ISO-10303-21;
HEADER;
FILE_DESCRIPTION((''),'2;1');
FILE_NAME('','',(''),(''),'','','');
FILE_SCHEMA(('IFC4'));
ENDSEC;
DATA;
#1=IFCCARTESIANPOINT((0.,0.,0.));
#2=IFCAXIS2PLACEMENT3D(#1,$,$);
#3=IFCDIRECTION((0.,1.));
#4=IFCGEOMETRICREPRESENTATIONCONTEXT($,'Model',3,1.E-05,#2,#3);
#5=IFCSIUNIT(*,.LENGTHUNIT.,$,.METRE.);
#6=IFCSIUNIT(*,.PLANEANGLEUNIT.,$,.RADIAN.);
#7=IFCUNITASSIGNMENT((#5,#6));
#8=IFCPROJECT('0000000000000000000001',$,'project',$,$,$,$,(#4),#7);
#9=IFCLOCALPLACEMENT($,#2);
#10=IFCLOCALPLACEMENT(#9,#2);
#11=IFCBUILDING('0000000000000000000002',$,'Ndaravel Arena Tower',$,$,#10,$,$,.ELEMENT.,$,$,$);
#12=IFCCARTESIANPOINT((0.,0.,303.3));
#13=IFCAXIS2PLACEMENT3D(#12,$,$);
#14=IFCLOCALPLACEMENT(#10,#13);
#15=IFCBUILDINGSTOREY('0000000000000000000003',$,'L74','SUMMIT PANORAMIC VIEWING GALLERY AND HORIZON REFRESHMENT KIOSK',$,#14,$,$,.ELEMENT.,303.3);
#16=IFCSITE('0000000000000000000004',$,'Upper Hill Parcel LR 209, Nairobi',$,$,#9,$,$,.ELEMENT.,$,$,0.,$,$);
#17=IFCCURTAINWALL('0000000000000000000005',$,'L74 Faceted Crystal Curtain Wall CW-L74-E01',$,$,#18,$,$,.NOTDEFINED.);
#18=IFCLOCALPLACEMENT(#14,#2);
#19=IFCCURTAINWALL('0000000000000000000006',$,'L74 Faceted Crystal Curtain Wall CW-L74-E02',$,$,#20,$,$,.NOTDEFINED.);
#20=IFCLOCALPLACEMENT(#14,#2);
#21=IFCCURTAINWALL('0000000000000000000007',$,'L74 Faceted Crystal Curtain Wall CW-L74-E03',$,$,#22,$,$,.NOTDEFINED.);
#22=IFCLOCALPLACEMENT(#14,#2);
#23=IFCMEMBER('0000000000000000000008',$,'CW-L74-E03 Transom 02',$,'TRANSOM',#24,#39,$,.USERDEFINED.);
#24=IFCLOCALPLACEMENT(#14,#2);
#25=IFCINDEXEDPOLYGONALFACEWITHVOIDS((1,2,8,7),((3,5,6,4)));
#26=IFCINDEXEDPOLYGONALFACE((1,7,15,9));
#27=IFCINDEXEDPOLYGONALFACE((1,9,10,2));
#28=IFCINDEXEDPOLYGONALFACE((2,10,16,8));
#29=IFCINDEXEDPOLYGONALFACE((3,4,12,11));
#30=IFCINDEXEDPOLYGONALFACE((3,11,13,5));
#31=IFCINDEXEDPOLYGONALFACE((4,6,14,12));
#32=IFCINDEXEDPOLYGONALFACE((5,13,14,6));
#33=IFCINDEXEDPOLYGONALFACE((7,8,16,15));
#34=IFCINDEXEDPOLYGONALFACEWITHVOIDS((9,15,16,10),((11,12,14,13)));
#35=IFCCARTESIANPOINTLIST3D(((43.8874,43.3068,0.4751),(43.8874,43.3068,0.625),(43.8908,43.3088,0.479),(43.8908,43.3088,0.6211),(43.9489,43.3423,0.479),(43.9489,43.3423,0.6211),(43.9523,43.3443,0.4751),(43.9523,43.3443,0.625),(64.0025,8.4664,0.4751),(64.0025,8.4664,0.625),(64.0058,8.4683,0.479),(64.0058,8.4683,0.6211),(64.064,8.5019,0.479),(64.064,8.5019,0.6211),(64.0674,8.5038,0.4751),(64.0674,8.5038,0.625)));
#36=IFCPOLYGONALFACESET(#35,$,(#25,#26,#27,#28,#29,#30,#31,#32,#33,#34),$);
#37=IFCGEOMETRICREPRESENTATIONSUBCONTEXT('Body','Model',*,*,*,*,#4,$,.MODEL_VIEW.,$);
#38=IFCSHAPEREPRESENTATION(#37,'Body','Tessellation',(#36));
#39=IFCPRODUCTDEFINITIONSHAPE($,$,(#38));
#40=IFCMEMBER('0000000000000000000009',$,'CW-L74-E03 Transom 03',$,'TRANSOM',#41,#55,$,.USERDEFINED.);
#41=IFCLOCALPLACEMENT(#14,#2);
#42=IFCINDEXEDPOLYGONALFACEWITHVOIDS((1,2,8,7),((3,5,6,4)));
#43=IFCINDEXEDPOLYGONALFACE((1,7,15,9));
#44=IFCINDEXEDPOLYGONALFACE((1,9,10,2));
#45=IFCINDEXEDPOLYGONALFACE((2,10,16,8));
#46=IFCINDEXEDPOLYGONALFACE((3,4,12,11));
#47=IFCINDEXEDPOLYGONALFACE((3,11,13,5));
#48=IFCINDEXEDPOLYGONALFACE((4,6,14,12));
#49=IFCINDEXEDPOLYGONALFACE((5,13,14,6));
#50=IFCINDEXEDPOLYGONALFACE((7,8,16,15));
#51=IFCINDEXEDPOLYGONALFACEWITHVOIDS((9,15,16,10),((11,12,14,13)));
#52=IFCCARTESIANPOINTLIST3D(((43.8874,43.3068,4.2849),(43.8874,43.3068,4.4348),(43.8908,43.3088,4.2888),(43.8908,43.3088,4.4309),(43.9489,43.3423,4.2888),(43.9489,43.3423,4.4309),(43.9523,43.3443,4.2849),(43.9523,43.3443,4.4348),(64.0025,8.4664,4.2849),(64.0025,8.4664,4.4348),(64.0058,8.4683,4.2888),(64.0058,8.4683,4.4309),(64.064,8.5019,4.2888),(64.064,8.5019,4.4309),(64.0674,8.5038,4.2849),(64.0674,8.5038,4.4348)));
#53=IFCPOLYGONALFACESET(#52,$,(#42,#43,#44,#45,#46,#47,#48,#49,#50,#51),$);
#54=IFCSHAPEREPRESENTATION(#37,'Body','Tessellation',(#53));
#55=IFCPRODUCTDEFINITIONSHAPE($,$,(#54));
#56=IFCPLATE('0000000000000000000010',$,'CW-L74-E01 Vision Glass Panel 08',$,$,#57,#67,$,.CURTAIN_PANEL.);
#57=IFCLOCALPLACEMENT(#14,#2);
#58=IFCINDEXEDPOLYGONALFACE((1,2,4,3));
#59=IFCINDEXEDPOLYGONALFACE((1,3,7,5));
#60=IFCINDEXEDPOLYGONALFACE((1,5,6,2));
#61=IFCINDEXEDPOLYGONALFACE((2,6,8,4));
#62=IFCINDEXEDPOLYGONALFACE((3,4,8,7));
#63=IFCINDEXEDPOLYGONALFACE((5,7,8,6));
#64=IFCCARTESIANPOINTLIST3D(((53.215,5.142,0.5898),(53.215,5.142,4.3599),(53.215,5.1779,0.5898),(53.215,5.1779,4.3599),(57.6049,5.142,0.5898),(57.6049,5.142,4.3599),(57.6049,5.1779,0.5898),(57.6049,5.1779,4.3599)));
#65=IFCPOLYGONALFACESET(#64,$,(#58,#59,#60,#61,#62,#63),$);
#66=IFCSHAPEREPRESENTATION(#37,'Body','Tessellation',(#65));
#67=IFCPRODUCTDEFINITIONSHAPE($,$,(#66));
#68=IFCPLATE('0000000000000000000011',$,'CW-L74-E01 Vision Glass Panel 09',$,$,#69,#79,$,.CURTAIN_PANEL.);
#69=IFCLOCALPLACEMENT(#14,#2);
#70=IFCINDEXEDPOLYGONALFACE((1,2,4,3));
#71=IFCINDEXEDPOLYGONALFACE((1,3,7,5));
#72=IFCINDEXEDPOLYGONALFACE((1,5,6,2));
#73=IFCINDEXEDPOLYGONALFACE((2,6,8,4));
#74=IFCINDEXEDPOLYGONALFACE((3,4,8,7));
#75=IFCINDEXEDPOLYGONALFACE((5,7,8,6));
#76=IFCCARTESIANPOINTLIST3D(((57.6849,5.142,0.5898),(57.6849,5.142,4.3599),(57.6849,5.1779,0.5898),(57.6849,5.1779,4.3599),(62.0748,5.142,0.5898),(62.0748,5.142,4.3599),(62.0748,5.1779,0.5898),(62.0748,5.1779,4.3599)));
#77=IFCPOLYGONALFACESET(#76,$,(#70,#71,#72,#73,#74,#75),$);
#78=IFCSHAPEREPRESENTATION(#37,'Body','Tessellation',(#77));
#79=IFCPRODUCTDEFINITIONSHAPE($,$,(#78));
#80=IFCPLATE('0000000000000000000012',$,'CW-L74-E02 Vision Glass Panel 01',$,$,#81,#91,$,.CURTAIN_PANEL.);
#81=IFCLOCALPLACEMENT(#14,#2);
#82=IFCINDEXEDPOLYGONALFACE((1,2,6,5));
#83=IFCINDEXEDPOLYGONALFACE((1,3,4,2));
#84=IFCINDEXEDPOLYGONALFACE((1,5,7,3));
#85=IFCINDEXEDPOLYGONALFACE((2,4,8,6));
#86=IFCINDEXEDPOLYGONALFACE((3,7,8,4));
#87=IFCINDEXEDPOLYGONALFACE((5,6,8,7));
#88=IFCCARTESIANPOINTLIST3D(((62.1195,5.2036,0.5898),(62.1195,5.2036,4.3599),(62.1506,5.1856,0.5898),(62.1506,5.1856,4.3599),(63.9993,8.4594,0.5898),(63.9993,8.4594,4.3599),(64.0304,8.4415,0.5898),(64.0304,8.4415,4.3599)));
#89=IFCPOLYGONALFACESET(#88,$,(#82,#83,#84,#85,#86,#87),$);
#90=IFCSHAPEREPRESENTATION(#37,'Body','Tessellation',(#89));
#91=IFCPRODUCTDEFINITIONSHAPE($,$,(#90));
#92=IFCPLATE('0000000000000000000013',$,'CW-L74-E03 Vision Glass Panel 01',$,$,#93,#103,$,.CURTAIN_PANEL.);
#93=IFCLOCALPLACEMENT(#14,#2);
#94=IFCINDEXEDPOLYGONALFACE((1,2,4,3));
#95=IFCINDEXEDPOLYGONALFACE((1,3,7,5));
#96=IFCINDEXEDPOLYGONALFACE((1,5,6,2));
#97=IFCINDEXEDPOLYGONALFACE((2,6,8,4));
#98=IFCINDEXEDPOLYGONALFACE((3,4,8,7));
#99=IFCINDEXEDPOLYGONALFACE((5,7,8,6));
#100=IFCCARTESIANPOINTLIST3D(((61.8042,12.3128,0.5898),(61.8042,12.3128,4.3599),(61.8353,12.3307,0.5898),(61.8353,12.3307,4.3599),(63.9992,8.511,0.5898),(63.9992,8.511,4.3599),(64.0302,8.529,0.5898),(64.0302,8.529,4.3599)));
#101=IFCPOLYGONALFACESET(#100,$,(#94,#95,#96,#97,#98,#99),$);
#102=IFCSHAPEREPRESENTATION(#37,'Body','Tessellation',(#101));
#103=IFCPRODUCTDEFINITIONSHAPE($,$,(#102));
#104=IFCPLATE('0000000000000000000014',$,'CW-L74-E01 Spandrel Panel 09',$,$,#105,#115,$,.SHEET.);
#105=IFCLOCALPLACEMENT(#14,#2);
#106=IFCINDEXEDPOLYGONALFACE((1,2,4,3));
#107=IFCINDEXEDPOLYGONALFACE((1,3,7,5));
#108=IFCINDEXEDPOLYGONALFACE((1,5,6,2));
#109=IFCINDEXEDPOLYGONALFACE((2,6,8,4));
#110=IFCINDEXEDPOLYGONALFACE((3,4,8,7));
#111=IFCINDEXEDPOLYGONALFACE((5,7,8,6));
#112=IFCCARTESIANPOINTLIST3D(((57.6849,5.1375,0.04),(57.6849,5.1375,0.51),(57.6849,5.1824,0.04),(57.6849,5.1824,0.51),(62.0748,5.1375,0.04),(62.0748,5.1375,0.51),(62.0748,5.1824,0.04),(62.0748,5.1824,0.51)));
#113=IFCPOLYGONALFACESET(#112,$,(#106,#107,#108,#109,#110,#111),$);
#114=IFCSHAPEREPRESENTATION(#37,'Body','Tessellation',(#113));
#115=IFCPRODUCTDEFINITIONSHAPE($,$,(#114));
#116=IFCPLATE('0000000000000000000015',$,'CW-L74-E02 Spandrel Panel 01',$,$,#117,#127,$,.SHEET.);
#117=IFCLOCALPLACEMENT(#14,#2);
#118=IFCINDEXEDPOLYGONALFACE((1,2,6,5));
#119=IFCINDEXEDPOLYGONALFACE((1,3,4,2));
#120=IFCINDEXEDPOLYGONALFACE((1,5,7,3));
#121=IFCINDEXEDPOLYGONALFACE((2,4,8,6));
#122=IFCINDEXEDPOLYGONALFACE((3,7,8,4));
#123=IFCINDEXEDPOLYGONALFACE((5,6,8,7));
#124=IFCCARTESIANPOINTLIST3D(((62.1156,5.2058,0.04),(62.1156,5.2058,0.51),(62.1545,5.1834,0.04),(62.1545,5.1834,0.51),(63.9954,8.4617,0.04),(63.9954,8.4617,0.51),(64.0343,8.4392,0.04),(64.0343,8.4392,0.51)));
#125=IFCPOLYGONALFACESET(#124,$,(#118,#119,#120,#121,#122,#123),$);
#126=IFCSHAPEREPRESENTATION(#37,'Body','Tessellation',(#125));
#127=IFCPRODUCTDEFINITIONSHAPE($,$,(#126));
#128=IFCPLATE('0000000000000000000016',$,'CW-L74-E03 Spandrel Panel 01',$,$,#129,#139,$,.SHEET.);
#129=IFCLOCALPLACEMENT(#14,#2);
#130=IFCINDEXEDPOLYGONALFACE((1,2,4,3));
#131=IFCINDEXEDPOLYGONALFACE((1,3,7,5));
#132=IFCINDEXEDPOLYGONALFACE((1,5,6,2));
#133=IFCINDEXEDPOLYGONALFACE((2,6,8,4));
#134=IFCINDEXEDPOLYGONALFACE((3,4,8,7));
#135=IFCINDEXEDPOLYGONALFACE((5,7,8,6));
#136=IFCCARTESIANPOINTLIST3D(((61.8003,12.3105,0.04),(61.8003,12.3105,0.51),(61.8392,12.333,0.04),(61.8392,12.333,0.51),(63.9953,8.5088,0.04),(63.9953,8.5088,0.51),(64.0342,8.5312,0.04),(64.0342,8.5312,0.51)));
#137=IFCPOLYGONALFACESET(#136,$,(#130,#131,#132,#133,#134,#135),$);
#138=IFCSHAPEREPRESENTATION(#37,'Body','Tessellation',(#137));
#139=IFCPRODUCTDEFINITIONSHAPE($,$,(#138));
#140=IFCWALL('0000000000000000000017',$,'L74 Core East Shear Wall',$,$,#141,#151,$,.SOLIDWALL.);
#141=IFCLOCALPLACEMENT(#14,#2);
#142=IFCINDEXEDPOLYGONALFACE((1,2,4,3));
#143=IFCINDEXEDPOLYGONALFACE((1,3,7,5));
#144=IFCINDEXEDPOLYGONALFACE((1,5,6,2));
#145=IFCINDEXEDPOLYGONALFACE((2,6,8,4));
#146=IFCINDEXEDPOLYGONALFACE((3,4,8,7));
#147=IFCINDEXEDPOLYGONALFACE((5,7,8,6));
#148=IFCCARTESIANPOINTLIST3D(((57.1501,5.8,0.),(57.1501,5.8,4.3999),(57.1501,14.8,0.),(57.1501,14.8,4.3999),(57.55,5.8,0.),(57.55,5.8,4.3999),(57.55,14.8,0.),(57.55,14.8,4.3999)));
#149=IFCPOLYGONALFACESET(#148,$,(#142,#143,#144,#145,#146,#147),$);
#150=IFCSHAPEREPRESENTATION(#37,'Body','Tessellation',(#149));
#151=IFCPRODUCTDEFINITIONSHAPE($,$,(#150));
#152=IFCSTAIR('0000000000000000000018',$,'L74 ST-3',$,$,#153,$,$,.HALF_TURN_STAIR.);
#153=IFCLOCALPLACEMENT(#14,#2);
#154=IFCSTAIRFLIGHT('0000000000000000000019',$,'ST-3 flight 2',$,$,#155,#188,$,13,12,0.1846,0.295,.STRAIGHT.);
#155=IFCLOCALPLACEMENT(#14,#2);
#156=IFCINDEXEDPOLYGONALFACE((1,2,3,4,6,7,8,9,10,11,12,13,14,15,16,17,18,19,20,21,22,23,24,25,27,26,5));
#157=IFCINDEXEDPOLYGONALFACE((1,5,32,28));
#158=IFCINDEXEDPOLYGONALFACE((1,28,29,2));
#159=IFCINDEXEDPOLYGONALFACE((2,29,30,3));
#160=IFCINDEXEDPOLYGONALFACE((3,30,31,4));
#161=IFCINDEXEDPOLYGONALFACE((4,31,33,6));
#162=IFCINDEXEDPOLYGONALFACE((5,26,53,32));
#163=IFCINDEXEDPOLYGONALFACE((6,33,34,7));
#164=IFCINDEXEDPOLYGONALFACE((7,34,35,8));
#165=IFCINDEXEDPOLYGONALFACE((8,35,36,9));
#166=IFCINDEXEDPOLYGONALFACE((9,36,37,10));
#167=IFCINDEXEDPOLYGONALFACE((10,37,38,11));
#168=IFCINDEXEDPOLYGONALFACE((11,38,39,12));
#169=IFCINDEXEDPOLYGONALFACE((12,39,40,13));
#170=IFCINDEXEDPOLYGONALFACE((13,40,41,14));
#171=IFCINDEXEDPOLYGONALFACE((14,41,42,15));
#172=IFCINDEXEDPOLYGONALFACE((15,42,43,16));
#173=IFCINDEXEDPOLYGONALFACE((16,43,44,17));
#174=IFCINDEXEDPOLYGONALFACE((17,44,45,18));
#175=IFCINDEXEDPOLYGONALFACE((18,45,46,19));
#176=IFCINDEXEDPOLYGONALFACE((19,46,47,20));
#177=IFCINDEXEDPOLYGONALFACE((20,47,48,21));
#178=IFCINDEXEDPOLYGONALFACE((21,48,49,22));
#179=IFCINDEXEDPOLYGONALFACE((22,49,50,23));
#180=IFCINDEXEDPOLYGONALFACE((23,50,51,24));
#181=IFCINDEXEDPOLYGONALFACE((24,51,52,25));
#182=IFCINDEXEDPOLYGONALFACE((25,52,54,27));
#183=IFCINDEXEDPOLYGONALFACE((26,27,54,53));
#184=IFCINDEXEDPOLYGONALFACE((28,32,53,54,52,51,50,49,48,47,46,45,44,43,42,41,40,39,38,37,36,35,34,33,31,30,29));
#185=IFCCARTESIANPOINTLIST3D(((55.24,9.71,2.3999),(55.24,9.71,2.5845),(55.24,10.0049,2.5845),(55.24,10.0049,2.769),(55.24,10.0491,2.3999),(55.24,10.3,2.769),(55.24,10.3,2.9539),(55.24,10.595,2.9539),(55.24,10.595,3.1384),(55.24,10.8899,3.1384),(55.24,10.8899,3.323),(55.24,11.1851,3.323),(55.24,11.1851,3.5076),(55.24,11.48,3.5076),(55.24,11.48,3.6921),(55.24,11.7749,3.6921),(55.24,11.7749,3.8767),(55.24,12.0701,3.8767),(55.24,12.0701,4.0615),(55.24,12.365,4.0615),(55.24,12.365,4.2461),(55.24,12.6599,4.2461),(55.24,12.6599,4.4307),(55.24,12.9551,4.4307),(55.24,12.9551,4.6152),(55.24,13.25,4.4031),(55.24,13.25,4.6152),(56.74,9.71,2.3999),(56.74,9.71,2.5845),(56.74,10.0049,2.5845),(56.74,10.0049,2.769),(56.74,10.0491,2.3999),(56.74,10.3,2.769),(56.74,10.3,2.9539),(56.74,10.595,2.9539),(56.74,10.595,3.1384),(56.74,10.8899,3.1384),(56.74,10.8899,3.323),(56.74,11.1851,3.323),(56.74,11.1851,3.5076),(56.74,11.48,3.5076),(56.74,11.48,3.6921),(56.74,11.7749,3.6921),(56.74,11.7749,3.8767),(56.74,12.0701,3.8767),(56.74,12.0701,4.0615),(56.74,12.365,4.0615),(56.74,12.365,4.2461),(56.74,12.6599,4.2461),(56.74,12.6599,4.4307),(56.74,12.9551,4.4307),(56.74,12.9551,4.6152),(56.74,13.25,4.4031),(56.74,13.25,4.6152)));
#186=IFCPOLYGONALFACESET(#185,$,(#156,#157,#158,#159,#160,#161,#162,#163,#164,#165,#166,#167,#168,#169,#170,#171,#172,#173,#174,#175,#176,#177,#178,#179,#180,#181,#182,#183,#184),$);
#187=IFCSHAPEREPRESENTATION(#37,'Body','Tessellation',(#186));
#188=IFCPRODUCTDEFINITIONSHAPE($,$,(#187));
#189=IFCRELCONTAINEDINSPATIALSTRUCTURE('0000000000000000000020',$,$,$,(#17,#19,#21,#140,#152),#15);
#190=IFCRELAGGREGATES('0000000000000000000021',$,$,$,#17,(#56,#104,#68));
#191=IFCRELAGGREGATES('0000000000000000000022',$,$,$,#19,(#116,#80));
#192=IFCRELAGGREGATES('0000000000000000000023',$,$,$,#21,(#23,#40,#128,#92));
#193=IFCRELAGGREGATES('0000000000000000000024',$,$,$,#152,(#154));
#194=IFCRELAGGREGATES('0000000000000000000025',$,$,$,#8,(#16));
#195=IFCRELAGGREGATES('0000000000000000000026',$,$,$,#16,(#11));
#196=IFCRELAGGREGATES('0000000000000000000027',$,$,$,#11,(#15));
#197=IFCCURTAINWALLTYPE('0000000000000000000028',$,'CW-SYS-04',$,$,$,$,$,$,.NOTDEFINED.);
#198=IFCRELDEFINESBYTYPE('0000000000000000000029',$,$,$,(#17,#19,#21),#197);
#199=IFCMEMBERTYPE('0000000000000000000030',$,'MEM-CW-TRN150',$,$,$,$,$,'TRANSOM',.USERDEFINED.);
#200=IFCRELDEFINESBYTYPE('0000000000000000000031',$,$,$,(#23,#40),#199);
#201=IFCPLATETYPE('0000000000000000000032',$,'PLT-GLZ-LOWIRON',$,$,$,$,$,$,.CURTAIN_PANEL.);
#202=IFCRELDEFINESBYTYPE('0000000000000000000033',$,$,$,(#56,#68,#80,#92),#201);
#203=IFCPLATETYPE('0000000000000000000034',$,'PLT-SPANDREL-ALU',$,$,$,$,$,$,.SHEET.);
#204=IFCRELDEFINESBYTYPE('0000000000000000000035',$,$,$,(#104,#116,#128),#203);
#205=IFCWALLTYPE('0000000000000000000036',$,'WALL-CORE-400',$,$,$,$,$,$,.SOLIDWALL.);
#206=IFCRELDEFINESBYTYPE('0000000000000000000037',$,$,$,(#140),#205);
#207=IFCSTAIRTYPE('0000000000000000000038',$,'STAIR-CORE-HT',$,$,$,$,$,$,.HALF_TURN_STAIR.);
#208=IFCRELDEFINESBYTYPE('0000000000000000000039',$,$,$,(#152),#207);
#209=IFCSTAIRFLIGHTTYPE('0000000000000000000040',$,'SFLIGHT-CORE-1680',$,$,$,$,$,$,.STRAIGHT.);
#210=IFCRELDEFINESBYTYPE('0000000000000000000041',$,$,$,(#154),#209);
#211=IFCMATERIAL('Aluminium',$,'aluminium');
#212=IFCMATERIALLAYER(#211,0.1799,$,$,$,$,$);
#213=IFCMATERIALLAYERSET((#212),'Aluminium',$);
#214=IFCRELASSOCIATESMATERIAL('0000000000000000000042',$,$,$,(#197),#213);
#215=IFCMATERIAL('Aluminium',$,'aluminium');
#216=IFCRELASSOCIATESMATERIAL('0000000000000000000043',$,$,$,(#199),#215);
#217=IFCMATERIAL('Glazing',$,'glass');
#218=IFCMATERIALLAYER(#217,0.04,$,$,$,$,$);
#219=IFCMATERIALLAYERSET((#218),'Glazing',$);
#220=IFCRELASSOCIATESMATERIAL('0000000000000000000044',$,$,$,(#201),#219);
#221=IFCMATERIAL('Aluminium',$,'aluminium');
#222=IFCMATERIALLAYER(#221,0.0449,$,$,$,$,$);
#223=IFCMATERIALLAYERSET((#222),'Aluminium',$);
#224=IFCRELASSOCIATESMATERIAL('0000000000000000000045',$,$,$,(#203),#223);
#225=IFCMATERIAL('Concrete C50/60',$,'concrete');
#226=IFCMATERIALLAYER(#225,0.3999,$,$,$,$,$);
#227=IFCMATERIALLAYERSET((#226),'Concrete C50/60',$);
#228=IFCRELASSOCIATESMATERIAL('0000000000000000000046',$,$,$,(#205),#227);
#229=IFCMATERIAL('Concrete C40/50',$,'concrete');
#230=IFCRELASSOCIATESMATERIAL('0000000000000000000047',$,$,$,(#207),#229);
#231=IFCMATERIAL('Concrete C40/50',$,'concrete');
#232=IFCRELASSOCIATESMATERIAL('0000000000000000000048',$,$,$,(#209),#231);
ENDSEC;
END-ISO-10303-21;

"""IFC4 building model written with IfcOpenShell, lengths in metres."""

from ifc_helpers import new_model, si_unit, direction, frame, frame_2d, origin, origin_2d, place, context, subcontext, project, spatial, polyline, rectangle, hollow_rectangle, outline, extrude, material, layer, layer_set, material_profile, profile_set, type_object, element, aggregate, save


model = new_model("IFC4")

# Units and contexts
model_context = context("Model", 3, precision=1e-05, world=origin(), true_north=direction((0.0, 1.0)))
body_context = subcontext(model_context, "Body", "Model", "MODEL_VIEW")
ifc_project = project(units=[si_unit("LENGTHUNIT", "METRE"), si_unit("PLANEANGLEUNIT", "RADIAN")], contexts=[model_context])

# Site, building, storey
site_placement = place(None, origin())
site = spatial("IfcSite", under=ifc_project, at=site_placement, Name="Upper Hill Parcel LR 209, Nairobi", CompositionType="ELEMENT", RefElevation=0.0)
building_placement = place(site_placement, origin())
building = spatial("IfcBuilding", under=site, at=building_placement, Name="Ndaravel Arena Tower", CompositionType="ELEMENT")
storey_placement = place(building_placement, frame((0.0, 0.0, 303.3)))
storey = spatial("IfcBuildingStorey", under=building, at=storey_placement, Name="L74", Description="SUMMIT PANORAMIC VIEWING GALLERY AND HORIZON REFRESHMENT KIOSK", CompositionType="ELEMENT", Elevation=303.3)

# Curtain walls
ifc_material_1 = material(Name="Aluminium", Category="aluminium")
ifc_layer_1 = layer(ifc_material_1, 0.1799)
ifc_layer_set_1 = layer_set([ifc_layer_1], Name="Aluminium")
curtain_wall_type = type_object("IfcCurtainWallType", Name="CW-SYS-04", PredefinedType="NOTDEFINED", material=ifc_layer_set_1)
curtain_wall_1_placement = place(storey_placement, origin())
curtain_wall_1 = element("IfcCurtainWall", 1, at=curtain_wall_1_placement, inside=storey, type_object=curtain_wall_type, Name="L74 Faceted Crystal Curtain Wall CW-L74-E01", PredefinedType="NOTDEFINED")
curtain_wall_2_placement = place(storey_placement, origin())
curtain_wall_2 = element("IfcCurtainWall", 2, at=curtain_wall_2_placement, inside=storey, type_object=curtain_wall_type, Name="L74 Faceted Crystal Curtain Wall CW-L74-E02", PredefinedType="NOTDEFINED")

# Curtain wall
curtain_wall_3_placement = place(storey_placement, origin())
curtain_wall_3 = element("IfcCurtainWall", 3, at=curtain_wall_3_placement, inside=storey, type_object=curtain_wall_type, Name="L74 Faceted Crystal Curtain Wall CW-L74-E03", PredefinedType="NOTDEFINED")

# Members
ifc_material_2 = material(Name="Aluminium", Category="aluminium")
ifc_material_profile_1 = material_profile(ifc_material_2, hollow_rectangle(XDim=0.075, YDim=0.1499, WallThickness=0.0039, at=origin_2d()), Name="CW TRANSOM 75x150x4")
ifc_profile_set_1 = profile_set([ifc_material_profile_1], Name="Aluminium")
member_type_1 = type_object("IfcMemberType", Name="MEM-CW-TRN150", ElementType="TRANSOM", PredefinedType="USERDEFINED", material=ifc_profile_set_1)
member_1_placement = place(storey_placement, frame((64.0349, 8.4851, 0.55), z_axis=(-0.499998, 0.866026, 0.0), x_axis=(-0.866026, -0.499998, 0.0)))
member_1 = element("IfcMember", 4, at=member_1_placement, type_object=member_type_1, Name="CW-L74-E03 Transom 02", ObjectType="TRANSOM", PredefinedType="USERDEFINED", context=body_context, shape_type="SweptSolid", body=[
    extrude(hollow_rectangle(XDim=0.075, YDim=0.1499, WallThickness=0.0039, at=origin_2d()), origin(), (0.0, 0.0, 1.0), 40.2302),
])
member_2_placement = place(storey_placement, frame((64.0349, 8.4851, 4.3599), z_axis=(-0.499998, 0.866026, 0.0), x_axis=(-0.866026, -0.499998, 0.0)))
member_2 = element("IfcMember", 5, at=member_2_placement, type_object=member_type_1, Name="CW-L74-E03 Transom 03", ObjectType="TRANSOM", PredefinedType="USERDEFINED", context=body_context, shape_type="SweptSolid", body=[
    extrude(hollow_rectangle(XDim=0.075, YDim=0.1499, WallThickness=0.0039, at=origin_2d()), origin(), (0.0, 0.0, 1.0), 40.2302),
])

# Plates
ifc_material_3 = material(Name="Glazing", Category="glass")
ifc_layer_2 = layer(ifc_material_3, 0.04)
ifc_layer_set_2 = layer_set([ifc_layer_2], Name="Glazing")
plate_type_1 = type_object("IfcPlateType", Name="PLT-GLZ-LOWIRON", PredefinedType="CURTAIN_PANEL", material=ifc_layer_set_2)
plate_1_placement = place(storey_placement, frame((55.4099, 5.1599, 0.5898), z_axis=(0.0, 0.0, 1.0), x_axis=(1.0, 0.0, 0.0)))
plate_1 = element("IfcPlate", 6, at=plate_1_placement, type_object=plate_type_1, Name="CW-L74-E01 Vision Glass Panel 08", PredefinedType="CURTAIN_PANEL", context=body_context, shape_type="SweptSolid", body=[
    extrude(rectangle(XDim=4.3899, YDim=0.0359, at=origin_2d()), origin(), (0.0, 0.0, 1.0), 3.77),
])
plate_2_placement = place(storey_placement, frame((59.8799, 5.1599, 0.5898), z_axis=(0.0, 0.0, 1.0), x_axis=(1.0, 0.0, 0.0)))
plate_2 = element("IfcPlate", 7, at=plate_2_placement, type_object=plate_type_1, Name="CW-L74-E01 Vision Glass Panel 09", PredefinedType="CURTAIN_PANEL", context=body_context, shape_type="SweptSolid", body=[
    extrude(rectangle(XDim=4.3899, YDim=0.0359, at=origin_2d()), origin(), (0.0, 0.0, 1.0), 3.77),
])
plate_3_placement = place(storey_placement, frame((63.075, 6.8225, 0.5898), z_axis=(0.0, 0.0, 1.0), x_axis=(0.5, 0.866025, 0.0)))
plate_3 = element("IfcPlate", 8, at=plate_3_placement, type_object=plate_type_1, Name="CW-L74-E02 Vision Glass Panel 01", PredefinedType="CURTAIN_PANEL", context=body_context, shape_type="SweptSolid", body=[
    extrude(rectangle(XDim=3.7595, YDim=0.0359, at=origin_2d()), origin(), (0.0, 0.0, 1.0), 3.77),
])
plate_4_placement = place(storey_placement, frame((62.9172, 10.4209, 0.5898), z_axis=(0.0, 0.0, 1.0), x_axis=(-0.5, 0.866025, 0.0)))
plate_4 = element("IfcPlate", 9, at=plate_4_placement, type_object=plate_type_1, Name="CW-L74-E03 Vision Glass Panel 01", PredefinedType="CURTAIN_PANEL", context=body_context, shape_type="SweptSolid", body=[
    extrude(rectangle(XDim=4.3899, YDim=0.0359, at=origin_2d()), origin(), (0.0, 0.0, 1.0), 3.77),
])
ifc_material_4 = material(Name="Aluminium", Category="aluminium")
ifc_layer_3 = layer(ifc_material_4, 0.0449)
ifc_layer_set_3 = layer_set([ifc_layer_3], Name="Aluminium")
plate_type_2 = type_object("IfcPlateType", Name="PLT-SPANDREL-ALU", PredefinedType="SHEET", material=ifc_layer_set_3)
plate_5_placement = place(storey_placement, frame((59.8799, 5.1599, 0.04), z_axis=(0.0, 0.0, 1.0), x_axis=(1.0, 0.0, 0.0)))
plate_5 = element("IfcPlate", 10, at=plate_5_placement, type_object=plate_type_2, Name="CW-L74-E01 Spandrel Panel 09", PredefinedType="SHEET", context=body_context, shape_type="SweptSolid", body=[
    extrude(rectangle(XDim=4.3899, YDim=0.0449, at=origin_2d()), origin(), (0.0, 0.0, 1.0), 0.47),
])
aggregate(curtain_wall_1, [plate_1, plate_5, plate_2])
plate_6_placement = place(storey_placement, frame((63.075, 6.8225, 0.04), z_axis=(0.0, 0.0, 1.0), x_axis=(0.5, 0.866025, 0.0)))
plate_6 = element("IfcPlate", 11, at=plate_6_placement, type_object=plate_type_2, Name="CW-L74-E02 Spandrel Panel 01", PredefinedType="SHEET", context=body_context, shape_type="SweptSolid", body=[
    extrude(rectangle(XDim=3.7595, YDim=0.0449, at=origin_2d()), origin(), (0.0, 0.0, 1.0), 0.47),
])
aggregate(curtain_wall_2, [plate_6, plate_3])
plate_7_placement = place(storey_placement, frame((62.9172, 10.4209, 0.04), z_axis=(0.0, 0.0, 1.0), x_axis=(-0.5, 0.866025, 0.0)))
plate_7 = element("IfcPlate", 12, at=plate_7_placement, type_object=plate_type_2, Name="CW-L74-E03 Spandrel Panel 01", PredefinedType="SHEET", context=body_context, shape_type="SweptSolid", body=[
    extrude(rectangle(XDim=4.3899, YDim=0.0449, at=origin_2d()), origin(), (0.0, 0.0, 1.0), 0.47),
])
aggregate(curtain_wall_3, [member_1, member_2, plate_7, plate_4])

# Wall
ifc_material_5 = material(Name="Concrete C50/60", Category="concrete")
ifc_layer_4 = layer(ifc_material_5, 0.3999)
ifc_layer_set_4 = layer_set([ifc_layer_4], Name="Concrete C50/60")
wall_type = type_object("IfcWallType", Name="WALL-CORE-400", PredefinedType="SOLIDWALL", material=ifc_layer_set_4)
wall_placement = place(storey_placement, frame((57.3501, 5.8, 0.0), z_axis=(0.0, 0.0, 1.0), x_axis=(0.0, 1.0, 0.0)))
element("IfcWall", 13, at=wall_placement, inside=storey, type_object=wall_type, Name="L74 Core East Shear Wall", PredefinedType="SOLIDWALL", context=body_context, shape_type="SweptSolid", body=[
    extrude(rectangle(XDim=9.0, YDim=0.3999, at=frame_2d((4.5, 0.0))), origin(), (0.0, 0.0, 1.0), 4.3999),
])

# Stair, stair flight
ifc_material_6 = material(Name="Concrete C40/50", Category="concrete")
stair_type = type_object("IfcStairType", Name="STAIR-CORE-HT", PredefinedType="HALF_TURN_STAIR", material=ifc_material_6)
stair_placement = place(storey_placement, origin())
stair = element("IfcStair", 14, at=stair_placement, inside=storey, type_object=stair_type, Name="L74 ST-3", PredefinedType="HALF_TURN_STAIR")
ifc_material_7 = material(Name="Concrete C40/50", Category="concrete")
stair_flight_type = type_object("IfcStairFlightType", Name="SFLIGHT-CORE-1680", PredefinedType="STRAIGHT", material=ifc_material_7)
stair_flight_placement = place(storey_placement, frame((55.99, 9.71, 2.3999), z_axis=(0.0, 0.0, 1.0), x_axis=(0.0, 1.0, 0.0)))
stair_flight = element("IfcStairFlight", 15, at=stair_flight_placement, type_object=stair_flight_type, Name="ST-3 flight 2", NumberOfRisers=13, NumberOfTreads=12, PredefinedType="STRAIGHT", RiserHeight=0.1846, TreadLength=0.295, context=body_context, shape_type="SweptSolid", body=[
    extrude(outline(polyline([(0.0, 0.0), (0.0, 0.1846), (0.2949, 0.1846), (0.2949, 0.3691), (0.5901, 0.3691), (0.5901, 0.554), (0.885, 0.554), (0.885, 0.7385), (1.1799, 0.7385), (1.1799, 0.9231), (1.4751, 0.9231), (1.4751, 1.1077), (1.77, 1.1077), (1.77, 1.2922), (2.0649, 1.2922), (2.0649, 1.4768), (2.3601, 1.4768), (2.3601, 1.6616), (2.655, 1.6616), (2.655, 1.8462), (2.95, 1.8462), (2.95, 2.0308), (3.2451, 2.0308), (3.2451, 2.2153), (3.54, 2.2153), (3.54, 2.3999), (3.54, 2.0032), (0.3391, 0.0), (0.0, 0.0)])), frame((0.0, 0.75, 0.0), z_axis=(0.0, -1.0, 0.0), x_axis=(1.0, 0.0, 0.0)), (0.0, 0.0, 1.0), 1.5),
])
aggregate(stair, [stair_flight])

save(model, "model.ifc")
